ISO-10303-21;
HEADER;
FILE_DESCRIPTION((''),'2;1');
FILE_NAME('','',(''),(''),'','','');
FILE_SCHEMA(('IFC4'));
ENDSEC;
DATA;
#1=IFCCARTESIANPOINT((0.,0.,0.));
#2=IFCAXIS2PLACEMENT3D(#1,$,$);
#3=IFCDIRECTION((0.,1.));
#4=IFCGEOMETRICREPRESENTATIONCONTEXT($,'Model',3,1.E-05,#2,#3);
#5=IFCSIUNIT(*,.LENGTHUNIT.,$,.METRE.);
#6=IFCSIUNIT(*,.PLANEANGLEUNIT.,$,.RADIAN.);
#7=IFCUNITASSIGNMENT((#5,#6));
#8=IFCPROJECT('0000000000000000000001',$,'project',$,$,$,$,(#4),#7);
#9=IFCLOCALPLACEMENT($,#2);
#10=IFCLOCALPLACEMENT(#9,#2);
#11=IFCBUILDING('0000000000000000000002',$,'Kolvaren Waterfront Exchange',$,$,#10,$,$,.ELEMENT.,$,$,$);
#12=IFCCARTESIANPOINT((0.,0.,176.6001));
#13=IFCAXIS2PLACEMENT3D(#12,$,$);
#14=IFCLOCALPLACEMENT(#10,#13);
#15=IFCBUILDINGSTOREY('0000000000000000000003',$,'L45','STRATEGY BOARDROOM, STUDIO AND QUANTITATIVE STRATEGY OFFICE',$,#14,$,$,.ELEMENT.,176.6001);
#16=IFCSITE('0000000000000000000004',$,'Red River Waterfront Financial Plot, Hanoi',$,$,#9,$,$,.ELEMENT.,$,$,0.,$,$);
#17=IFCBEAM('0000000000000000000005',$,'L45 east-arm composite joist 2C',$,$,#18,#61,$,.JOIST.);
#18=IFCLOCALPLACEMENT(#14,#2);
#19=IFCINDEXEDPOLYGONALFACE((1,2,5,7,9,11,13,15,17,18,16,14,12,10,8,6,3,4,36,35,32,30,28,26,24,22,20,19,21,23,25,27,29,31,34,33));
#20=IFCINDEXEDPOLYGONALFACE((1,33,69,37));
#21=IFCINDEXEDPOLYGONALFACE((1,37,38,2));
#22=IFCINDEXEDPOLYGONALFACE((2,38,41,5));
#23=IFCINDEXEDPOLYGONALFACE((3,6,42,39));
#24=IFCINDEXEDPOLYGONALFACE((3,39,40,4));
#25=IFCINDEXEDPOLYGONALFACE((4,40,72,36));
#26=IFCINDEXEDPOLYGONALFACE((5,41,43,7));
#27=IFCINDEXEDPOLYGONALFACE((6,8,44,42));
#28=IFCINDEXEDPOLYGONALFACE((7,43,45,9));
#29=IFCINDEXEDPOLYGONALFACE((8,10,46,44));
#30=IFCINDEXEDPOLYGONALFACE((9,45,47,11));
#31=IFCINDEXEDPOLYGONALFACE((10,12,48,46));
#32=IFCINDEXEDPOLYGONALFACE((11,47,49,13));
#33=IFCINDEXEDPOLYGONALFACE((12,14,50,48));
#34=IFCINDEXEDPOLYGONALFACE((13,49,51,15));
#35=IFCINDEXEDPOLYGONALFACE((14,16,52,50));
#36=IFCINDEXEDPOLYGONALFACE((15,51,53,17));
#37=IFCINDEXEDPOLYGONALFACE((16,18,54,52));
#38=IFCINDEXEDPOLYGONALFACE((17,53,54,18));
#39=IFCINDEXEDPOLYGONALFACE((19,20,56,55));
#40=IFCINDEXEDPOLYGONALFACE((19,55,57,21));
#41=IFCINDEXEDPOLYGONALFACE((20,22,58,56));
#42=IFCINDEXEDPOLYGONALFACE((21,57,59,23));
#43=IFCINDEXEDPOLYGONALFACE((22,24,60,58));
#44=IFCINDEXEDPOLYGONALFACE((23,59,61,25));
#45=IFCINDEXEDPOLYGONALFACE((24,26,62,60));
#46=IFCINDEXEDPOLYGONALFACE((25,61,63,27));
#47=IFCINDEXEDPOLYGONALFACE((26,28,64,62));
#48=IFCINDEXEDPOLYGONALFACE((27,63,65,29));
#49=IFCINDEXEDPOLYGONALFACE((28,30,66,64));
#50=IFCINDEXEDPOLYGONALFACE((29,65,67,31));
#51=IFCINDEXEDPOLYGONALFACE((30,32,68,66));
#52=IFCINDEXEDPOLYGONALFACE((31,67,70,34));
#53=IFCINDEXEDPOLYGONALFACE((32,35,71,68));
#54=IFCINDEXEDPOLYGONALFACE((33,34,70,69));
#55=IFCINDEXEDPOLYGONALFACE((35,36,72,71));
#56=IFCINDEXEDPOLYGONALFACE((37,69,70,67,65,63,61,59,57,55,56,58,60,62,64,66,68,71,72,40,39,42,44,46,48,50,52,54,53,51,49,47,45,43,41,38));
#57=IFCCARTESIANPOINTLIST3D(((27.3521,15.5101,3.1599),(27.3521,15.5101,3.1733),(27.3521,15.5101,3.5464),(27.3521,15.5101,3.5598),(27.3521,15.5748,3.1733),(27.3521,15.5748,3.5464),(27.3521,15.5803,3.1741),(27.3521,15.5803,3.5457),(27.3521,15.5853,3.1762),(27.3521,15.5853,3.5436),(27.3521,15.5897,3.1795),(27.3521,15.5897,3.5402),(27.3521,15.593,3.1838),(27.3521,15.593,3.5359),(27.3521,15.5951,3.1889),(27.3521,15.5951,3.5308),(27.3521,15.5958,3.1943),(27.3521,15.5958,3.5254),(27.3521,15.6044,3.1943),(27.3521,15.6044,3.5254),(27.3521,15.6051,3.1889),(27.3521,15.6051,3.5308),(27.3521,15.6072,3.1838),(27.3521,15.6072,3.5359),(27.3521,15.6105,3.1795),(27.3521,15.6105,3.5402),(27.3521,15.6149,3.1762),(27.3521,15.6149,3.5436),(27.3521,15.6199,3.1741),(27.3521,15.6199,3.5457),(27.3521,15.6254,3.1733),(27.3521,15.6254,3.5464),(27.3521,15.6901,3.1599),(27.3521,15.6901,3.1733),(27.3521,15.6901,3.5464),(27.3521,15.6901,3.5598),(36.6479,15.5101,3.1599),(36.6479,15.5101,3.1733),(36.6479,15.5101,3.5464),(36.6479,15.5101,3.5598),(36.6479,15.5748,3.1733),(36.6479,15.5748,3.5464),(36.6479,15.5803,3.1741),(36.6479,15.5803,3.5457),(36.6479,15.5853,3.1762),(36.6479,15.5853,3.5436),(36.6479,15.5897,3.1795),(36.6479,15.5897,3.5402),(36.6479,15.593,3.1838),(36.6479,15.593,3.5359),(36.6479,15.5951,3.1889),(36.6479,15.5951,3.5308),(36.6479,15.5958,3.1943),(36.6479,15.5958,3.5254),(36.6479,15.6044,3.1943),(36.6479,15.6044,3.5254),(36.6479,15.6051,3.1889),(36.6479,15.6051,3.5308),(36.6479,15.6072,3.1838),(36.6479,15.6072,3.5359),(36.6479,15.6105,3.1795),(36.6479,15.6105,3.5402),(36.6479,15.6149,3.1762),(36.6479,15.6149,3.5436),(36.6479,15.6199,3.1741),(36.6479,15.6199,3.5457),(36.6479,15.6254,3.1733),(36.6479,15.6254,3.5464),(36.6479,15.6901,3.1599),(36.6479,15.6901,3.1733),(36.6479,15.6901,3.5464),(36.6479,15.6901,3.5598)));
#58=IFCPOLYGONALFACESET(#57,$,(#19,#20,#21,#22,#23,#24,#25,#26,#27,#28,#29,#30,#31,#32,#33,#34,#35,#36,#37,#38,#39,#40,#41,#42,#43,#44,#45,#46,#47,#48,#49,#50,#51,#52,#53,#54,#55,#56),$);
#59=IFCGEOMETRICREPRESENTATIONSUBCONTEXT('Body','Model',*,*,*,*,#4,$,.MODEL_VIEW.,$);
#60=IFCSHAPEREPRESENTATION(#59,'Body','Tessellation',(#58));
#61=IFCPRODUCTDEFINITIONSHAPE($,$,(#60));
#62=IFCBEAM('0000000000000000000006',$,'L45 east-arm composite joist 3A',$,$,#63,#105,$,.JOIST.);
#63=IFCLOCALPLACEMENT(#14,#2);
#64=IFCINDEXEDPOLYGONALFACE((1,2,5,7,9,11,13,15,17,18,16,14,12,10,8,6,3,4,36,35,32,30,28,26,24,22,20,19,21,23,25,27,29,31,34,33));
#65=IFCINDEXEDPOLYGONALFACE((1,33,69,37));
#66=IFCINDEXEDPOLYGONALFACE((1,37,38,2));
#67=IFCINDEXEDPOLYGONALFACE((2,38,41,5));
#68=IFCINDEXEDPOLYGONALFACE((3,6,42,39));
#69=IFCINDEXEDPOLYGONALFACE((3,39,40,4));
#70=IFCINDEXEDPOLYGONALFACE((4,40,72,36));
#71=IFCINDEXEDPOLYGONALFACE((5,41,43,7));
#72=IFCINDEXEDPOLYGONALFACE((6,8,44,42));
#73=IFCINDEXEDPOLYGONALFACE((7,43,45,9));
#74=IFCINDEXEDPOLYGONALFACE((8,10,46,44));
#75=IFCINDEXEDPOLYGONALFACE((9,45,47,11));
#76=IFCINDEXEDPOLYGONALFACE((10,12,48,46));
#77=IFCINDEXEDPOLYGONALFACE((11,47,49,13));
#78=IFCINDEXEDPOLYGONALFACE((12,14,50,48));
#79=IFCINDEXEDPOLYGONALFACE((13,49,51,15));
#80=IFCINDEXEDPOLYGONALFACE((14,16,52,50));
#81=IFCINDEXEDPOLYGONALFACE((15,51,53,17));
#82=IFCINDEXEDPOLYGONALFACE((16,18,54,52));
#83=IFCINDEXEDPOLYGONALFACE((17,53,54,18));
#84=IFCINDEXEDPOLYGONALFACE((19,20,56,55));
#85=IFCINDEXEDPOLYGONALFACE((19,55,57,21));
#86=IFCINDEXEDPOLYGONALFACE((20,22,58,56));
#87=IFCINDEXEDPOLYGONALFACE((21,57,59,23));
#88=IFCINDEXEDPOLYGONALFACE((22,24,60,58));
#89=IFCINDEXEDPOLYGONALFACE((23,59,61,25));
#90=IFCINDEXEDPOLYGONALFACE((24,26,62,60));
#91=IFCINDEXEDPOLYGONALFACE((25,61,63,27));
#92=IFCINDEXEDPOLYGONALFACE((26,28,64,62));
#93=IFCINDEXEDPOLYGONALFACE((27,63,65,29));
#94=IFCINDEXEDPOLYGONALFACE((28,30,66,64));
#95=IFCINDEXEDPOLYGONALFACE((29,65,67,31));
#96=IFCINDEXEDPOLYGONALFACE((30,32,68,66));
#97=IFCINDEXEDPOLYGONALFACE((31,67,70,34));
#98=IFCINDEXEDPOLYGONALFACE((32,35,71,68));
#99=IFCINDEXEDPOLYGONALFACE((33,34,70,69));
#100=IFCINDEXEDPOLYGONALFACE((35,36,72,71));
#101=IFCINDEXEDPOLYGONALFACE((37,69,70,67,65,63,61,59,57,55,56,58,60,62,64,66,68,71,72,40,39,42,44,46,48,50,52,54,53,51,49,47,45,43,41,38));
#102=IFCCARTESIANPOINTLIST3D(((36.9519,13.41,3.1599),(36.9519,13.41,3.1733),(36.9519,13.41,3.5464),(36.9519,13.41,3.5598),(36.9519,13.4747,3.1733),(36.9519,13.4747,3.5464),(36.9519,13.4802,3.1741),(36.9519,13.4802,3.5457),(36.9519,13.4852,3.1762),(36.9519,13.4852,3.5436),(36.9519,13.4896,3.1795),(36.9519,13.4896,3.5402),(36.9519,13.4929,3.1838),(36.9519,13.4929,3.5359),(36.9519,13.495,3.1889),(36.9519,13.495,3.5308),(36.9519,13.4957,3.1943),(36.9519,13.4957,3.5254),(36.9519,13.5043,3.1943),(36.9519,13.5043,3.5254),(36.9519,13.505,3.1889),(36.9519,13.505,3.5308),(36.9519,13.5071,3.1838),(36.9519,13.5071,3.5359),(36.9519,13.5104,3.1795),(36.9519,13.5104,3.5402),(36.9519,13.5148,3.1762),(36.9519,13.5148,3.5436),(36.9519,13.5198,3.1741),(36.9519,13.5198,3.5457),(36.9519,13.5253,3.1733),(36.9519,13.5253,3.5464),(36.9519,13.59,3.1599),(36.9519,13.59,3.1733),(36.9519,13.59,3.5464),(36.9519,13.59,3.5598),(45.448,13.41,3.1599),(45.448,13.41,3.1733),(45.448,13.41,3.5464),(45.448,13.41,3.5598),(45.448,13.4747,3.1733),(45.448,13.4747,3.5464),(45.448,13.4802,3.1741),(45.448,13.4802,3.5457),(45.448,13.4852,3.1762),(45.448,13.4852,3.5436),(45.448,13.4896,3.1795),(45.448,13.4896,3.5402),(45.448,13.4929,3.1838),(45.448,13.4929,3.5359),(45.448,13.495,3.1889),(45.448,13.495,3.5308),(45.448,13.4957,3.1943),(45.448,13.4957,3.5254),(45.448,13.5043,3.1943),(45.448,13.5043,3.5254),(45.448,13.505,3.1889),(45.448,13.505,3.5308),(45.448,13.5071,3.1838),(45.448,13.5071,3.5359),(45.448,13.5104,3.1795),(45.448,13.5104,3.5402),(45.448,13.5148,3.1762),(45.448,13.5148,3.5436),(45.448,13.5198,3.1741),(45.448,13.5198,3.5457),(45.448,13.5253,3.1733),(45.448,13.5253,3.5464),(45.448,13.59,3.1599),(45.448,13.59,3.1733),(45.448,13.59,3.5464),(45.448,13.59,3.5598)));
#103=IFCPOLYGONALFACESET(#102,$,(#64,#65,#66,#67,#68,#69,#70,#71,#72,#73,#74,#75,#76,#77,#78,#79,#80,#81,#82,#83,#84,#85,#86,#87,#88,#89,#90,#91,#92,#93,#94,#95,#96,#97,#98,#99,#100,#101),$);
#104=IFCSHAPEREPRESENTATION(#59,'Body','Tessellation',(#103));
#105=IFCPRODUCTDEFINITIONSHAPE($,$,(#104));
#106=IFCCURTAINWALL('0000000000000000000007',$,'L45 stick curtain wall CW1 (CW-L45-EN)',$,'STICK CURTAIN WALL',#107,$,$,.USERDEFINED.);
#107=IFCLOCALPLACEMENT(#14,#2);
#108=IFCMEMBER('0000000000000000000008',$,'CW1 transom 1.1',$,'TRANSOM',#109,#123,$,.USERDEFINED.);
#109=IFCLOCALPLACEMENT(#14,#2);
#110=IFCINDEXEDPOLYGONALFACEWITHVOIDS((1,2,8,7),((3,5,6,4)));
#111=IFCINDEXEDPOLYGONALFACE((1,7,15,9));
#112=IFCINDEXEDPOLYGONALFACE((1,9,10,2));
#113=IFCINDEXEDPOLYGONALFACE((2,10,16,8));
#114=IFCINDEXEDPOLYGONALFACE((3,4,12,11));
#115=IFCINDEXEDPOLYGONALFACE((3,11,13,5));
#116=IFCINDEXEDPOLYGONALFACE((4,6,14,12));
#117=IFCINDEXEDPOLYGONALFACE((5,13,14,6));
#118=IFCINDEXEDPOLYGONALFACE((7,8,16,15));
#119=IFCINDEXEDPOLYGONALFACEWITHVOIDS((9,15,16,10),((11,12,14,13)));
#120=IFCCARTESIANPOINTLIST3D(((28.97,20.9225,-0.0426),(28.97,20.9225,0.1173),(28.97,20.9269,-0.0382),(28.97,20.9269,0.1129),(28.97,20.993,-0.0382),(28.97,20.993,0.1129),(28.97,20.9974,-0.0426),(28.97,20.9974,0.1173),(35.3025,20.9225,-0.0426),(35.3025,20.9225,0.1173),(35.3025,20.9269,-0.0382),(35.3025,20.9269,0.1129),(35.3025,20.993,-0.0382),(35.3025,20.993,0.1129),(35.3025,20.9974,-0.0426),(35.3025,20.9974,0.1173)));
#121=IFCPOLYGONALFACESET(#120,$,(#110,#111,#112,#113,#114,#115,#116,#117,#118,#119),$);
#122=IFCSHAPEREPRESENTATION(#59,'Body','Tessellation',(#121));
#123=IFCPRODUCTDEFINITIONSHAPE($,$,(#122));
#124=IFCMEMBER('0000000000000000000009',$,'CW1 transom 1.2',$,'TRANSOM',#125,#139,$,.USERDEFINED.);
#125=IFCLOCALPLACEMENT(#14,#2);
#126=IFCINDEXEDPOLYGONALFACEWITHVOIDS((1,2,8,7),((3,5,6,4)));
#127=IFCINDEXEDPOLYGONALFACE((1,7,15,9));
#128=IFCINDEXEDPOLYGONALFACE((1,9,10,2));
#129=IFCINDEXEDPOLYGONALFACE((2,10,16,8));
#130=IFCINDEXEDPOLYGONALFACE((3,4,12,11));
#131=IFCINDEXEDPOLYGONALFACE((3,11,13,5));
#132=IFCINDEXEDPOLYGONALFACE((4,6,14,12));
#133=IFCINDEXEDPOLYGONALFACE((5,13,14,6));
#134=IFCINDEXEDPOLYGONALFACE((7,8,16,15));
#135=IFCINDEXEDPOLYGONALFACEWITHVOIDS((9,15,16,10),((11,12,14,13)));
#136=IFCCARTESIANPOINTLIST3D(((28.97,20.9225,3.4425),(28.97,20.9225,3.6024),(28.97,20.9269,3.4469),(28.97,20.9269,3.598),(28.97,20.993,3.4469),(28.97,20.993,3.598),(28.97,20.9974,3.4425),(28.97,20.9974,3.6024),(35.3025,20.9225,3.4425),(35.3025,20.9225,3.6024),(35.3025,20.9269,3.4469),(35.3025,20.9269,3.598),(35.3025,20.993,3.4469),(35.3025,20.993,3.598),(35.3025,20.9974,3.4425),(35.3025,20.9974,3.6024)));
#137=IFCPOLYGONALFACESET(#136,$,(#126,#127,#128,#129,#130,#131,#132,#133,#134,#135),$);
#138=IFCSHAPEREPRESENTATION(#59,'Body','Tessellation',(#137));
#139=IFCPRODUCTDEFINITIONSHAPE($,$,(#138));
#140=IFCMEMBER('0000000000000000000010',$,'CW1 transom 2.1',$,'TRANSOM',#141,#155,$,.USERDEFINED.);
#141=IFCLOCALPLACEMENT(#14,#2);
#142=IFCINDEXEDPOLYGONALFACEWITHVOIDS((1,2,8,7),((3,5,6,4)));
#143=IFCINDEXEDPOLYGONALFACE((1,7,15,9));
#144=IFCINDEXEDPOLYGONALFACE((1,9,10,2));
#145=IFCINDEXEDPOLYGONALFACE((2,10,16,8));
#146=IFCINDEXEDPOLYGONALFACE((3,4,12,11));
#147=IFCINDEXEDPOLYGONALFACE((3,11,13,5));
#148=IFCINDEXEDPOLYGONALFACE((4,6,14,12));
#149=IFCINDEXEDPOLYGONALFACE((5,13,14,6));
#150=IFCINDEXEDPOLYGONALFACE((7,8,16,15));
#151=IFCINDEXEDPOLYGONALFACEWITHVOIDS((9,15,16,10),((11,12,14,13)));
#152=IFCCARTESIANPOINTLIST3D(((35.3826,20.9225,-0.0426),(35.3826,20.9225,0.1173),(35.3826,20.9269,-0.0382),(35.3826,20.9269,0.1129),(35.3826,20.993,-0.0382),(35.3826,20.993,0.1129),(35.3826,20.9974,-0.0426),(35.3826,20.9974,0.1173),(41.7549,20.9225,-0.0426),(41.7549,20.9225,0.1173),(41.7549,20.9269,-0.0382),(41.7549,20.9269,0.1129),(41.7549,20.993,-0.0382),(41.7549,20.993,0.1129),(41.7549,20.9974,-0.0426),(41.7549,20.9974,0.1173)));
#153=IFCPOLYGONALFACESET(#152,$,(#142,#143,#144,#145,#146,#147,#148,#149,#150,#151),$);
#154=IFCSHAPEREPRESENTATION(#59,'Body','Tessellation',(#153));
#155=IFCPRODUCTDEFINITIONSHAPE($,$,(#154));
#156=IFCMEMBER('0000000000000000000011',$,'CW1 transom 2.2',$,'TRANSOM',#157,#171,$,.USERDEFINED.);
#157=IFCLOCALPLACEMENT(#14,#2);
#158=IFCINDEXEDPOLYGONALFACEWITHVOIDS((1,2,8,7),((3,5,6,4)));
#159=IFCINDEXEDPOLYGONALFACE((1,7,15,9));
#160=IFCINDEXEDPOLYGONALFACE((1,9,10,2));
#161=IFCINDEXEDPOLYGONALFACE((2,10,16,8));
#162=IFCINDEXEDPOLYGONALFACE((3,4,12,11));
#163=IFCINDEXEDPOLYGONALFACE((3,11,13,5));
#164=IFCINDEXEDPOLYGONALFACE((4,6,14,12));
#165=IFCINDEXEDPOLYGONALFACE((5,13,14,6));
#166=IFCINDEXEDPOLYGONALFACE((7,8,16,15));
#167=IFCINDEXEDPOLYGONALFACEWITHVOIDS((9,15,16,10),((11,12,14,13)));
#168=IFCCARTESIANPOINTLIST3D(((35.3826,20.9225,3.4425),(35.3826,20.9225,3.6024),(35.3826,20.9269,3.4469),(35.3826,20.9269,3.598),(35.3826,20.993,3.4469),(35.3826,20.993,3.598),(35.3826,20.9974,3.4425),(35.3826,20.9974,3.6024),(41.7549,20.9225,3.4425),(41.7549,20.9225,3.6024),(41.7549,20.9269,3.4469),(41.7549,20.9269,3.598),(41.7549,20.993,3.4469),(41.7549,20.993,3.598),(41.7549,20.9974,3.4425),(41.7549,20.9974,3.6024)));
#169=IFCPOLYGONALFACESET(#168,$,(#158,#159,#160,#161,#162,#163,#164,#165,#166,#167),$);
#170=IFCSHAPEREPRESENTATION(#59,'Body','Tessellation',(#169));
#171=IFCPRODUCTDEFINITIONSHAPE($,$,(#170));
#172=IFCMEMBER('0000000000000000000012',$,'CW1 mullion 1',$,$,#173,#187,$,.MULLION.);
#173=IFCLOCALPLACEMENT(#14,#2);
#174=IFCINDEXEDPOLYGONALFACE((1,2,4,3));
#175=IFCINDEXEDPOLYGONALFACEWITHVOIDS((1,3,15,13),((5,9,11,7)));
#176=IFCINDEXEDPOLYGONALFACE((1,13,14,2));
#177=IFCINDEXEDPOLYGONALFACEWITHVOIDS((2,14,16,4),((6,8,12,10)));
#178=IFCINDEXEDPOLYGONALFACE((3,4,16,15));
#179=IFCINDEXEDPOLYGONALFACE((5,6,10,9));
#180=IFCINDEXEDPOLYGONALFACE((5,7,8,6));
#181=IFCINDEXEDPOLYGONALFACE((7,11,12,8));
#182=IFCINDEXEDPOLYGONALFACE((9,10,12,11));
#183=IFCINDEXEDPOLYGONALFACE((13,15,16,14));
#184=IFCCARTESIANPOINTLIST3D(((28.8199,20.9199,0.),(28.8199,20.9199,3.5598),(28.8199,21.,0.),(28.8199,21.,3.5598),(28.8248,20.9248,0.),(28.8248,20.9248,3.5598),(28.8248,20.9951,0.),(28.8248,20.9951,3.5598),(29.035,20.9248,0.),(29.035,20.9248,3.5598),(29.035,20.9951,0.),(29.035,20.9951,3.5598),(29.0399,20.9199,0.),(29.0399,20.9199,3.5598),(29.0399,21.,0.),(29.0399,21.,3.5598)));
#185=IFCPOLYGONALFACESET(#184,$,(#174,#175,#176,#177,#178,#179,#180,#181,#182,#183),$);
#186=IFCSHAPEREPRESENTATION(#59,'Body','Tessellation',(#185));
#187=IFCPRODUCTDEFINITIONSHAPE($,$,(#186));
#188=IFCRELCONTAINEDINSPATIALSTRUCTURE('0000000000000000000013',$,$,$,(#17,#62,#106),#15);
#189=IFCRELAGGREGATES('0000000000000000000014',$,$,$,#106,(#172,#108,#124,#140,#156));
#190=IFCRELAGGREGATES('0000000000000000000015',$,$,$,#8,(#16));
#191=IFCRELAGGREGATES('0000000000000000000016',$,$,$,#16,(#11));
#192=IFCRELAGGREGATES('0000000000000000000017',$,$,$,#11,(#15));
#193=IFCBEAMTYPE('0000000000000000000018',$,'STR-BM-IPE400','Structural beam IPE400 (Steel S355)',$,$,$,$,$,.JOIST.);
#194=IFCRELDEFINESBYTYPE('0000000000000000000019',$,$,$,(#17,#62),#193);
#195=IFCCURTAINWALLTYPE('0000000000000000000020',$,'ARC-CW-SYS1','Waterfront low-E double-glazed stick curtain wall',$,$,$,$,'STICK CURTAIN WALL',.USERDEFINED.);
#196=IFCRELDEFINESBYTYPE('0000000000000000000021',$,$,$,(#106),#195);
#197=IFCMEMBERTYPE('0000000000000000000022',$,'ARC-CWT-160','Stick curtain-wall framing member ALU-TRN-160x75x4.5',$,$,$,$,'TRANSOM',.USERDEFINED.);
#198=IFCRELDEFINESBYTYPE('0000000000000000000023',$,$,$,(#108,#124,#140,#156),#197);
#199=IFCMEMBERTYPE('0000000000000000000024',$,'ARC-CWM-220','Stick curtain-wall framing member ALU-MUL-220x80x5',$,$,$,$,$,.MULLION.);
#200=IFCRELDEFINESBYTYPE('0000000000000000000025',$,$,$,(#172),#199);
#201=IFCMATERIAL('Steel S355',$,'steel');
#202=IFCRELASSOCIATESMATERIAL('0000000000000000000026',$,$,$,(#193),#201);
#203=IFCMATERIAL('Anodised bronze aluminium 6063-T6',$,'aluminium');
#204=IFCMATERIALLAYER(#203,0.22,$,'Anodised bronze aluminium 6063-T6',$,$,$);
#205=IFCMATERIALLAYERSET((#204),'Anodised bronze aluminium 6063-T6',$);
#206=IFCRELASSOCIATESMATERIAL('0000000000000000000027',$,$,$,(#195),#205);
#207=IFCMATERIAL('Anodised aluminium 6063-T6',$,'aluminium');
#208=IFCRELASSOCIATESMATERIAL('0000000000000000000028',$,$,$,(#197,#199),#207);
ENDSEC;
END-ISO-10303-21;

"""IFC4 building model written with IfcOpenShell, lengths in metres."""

from ifc_helpers import new_model, si_unit, direction, frame, origin, origin_with_axes, origin_2d, place, context, subcontext, project, spatial, hollow_rectangle, i_section, extrude, source, transform, mapped, material, layer, layer_set, material_profile, profile_set, type_object, element, aggregate, save


model = new_model("IFC4")

# Units and contexts
model_context = context("Model", 3, precision=1e-05, world=origin(), true_north=direction((0.0, 1.0)))
body_context = subcontext(model_context, "Body", "Model", "MODEL_VIEW")
ifc_project = project(units=[si_unit("LENGTHUNIT", "METRE"), si_unit("PLANEANGLEUNIT", "RADIAN")], contexts=[model_context])

# Site, building, storey
site_placement = place(None, origin())
site = spatial("IfcSite", under=ifc_project, at=site_placement, Name="Red River Waterfront Financial Plot, Hanoi", CompositionType="ELEMENT", RefElevation=0.0)
building_placement = place(site_placement, origin())
building = spatial("IfcBuilding", under=site, at=building_placement, Name="Kolvaren Waterfront Exchange", CompositionType="ELEMENT")
storey_placement = place(building_placement, frame((0.0, 0.0, 176.6001)))
storey = spatial("IfcBuildingStorey", under=building, at=storey_placement, Name="L45", Description="STRATEGY BOARDROOM, STUDIO AND QUANTITATIVE STRATEGY OFFICE", CompositionType="ELEMENT", Elevation=176.6001)

# Beams
ifc_material_1 = material(Name="Steel S355", Category="steel")
ifc_material_profile_1 = material_profile(ifc_material_1, i_section(OverallWidth=0.1799, OverallDepth=0.3999, WebThickness=0.0085, FlangeThickness=0.0134, FilletRadius=0.021, at=origin_2d()), Name="IPE400")
ifc_profile_set_1 = profile_set([ifc_material_profile_1], Name="Steel S355")
beam_type_1 = type_object("IfcBeamType", Name="STR-BM-IPE400", Description="Structural beam IPE400 (Steel S355)", PredefinedType="JOIST", material=ifc_profile_set_1)
for number, where, z_axis, x_axis, name in (
    (1, (27.3521, 15.6001, 3.3599), (1.0, 0.0, 0.0), (0.0, 1.0, 0.0), "L45 east-arm composite joist 2C"),
):
    element("IfcBeam", number, at=place(storey_placement, frame(where, z_axis=z_axis, x_axis=x_axis)), inside=storey, type_object=beam_type_1, Name=name, PredefinedType="JOIST", context=body_context, shape_type="SweptSolid", body=[
        extrude(i_section(OverallWidth=0.1799, OverallDepth=0.3999, WebThickness=0.0085, FlangeThickness=0.0134, FilletRadius=0.021, at=origin_2d()), origin(), (0.0, 0.0, 1.0), 9.2959),
    ])
beam_1_placement = place(storey_placement, frame((36.9519, 13.5, 3.3599), z_axis=(1.0, 0.0, 0.0), x_axis=(0.0, 1.0, 0.0)))
element("IfcBeam", 2, at=beam_1_placement, inside=storey, type_object=beam_type_1, Name="L45 east-arm composite joist 3A", PredefinedType="JOIST", context=body_context, shape_type="SweptSolid", body=[
    extrude(i_section(OverallWidth=0.1799, OverallDepth=0.3999, WebThickness=0.0085, FlangeThickness=0.0134, FilletRadius=0.021, at=origin_2d()), origin(), (0.0, 0.0, 1.0), 8.4961),
])

# Curtain wall, members
ifc_material_2 = material(Name="Anodised bronze aluminium 6063-T6", Category="aluminium")
ifc_layer_1 = layer(ifc_material_2, 0.22, Name="Anodised bronze aluminium 6063-T6")
ifc_layer_set_1 = layer_set([ifc_layer_1], Name="Anodised bronze aluminium 6063-T6")
curtain_wall_type = type_object("IfcCurtainWallType", Name="ARC-CW-SYS1", Description="Waterfront low-E double-glazed stick curtain wall", ElementType="STICK CURTAIN WALL", PredefinedType="USERDEFINED", material=ifc_layer_set_1)
curtain_wall_placement = place(storey_placement, origin())
curtain_wall = element("IfcCurtainWall", 3, at=curtain_wall_placement, inside=storey, type_object=curtain_wall_type, Name="L45 stick curtain wall CW1 (CW-L45-EN)", ObjectType="STICK CURTAIN WALL", PredefinedType="USERDEFINED")
ifc_material_3 = material(Name="Anodised aluminium 6063-T6", Category="aluminium")
ifc_material_profile_2 = material_profile(ifc_material_3, hollow_rectangle(XDim=0.075, YDim=0.1599, WallThickness=0.0044, at=origin_2d()), Name="ALU-TRN-160x75x4.5")
ifc_profile_set_2 = profile_set([ifc_material_profile_2], Name="Anodised aluminium 6063-T6")
member_type_1 = type_object("IfcMemberType", Name="ARC-CWT-160", Description="Stick curtain-wall framing member ALU-TRN-160x75x4.5", ElementType="TRANSOM", PredefinedType="USERDEFINED", material=ifc_profile_set_2)
shared_shape_1 = source(origin_with_axes(), body_context, "Body", "SweptSolid", [
    extrude(hollow_rectangle(XDim=0.075, YDim=0.1599, WallThickness=0.0044, at=origin_2d()), origin(), (0.0, 0.0, 1.0), 6.3325),
])
member_1_placement = place(storey_placement, frame((28.97, 20.96, 0.0374), z_axis=(1.0, 0.0, 0.0), x_axis=(0.0, 1.0, 0.0)))
member_1 = element("IfcMember", 4, at=member_1_placement, type_object=member_type_1, Name="CW1 transom 1.1", ObjectType="TRANSOM", PredefinedType="USERDEFINED", context=body_context, shape_type="MappedRepresentation", body=[
    mapped(shared_shape_1, transform((0.0, 0.0, 0.0), x_axis=(1.0, 0.0, 0.0), y_axis=(0.0, 1.0, 0.0), z_axis=(0.0, 0.0, 1.0), scale=1.0)),
])
member_2_placement = place(storey_placement, frame((28.97, 20.96, 3.5225), z_axis=(1.0, 0.0, 0.0), x_axis=(0.0, 1.0, 0.0)))
member_2 = element("IfcMember", 5, at=member_2_placement, type_object=member_type_1, Name="CW1 transom 1.2", ObjectType="TRANSOM", PredefinedType="USERDEFINED", context=body_context, shape_type="MappedRepresentation", body=[
    mapped(shared_shape_1, transform((0.0, 0.0, 0.0), x_axis=(1.0, 0.0, 0.0), y_axis=(0.0, 1.0, 0.0), z_axis=(0.0, 0.0, 1.0), scale=1.0)),
])
shared_shape_2 = source(origin_with_axes(), body_context, "Body", "SweptSolid", [
    extrude(hollow_rectangle(XDim=0.075, YDim=0.1599, WallThickness=0.0044, at=origin_2d()), origin(), (0.0, 0.0, 1.0), 6.3723),
])
member_3_placement = place(storey_placement, frame((35.3826, 20.96, 0.0374), z_axis=(1.0, 0.0, 0.0), x_axis=(0.0, 1.0, 0.0)))
member_3 = element("IfcMember", 6, at=member_3_placement, type_object=member_type_1, Name="CW1 transom 2.1", ObjectType="TRANSOM", PredefinedType="USERDEFINED", context=body_context, shape_type="MappedRepresentation", body=[
    mapped(shared_shape_2, transform((0.0, 0.0, 0.0), x_axis=(1.0, 0.0, 0.0), y_axis=(0.0, 1.0, 0.0), z_axis=(0.0, 0.0, 1.0), scale=1.0)),
])
member_4_placement = place(storey_placement, frame((35.3826, 20.96, 3.5225), z_axis=(1.0, 0.0, 0.0), x_axis=(0.0, 1.0, 0.0)))
member_4 = element("IfcMember", 7, at=member_4_placement, type_object=member_type_1, Name="CW1 transom 2.2", ObjectType="TRANSOM", PredefinedType="USERDEFINED", context=body_context, shape_type="MappedRepresentation", body=[
    mapped(shared_shape_2, transform((0.0, 0.0, 0.0), x_axis=(1.0, 0.0, 0.0), y_axis=(0.0, 1.0, 0.0), z_axis=(0.0, 0.0, 1.0), scale=1.0)),
])
ifc_material_profile_3 = material_profile(ifc_material_3, hollow_rectangle(XDim=0.0801, YDim=0.22, WallThickness=0.0049, at=origin_2d()), Name="ALU-MUL-220x80x5")
ifc_profile_set_3 = profile_set([ifc_material_profile_3], Name="Anodised aluminium 6063-T6")
member_type_2 = type_object("IfcMemberType", Name="ARC-CWM-220", Description="Stick curtain-wall framing member ALU-MUL-220x80x5", PredefinedType="MULLION", material=ifc_profile_set_3)
shared_shape_3 = source(origin_with_axes(), body_context, "Body", "SweptSolid", [
    extrude(hollow_rectangle(XDim=0.0801, YDim=0.22, WallThickness=0.0049, at=origin_2d()), origin(), (0.0, 0.0, 1.0), 3.5598),
])
member_5_placement = place(storey_placement, frame((28.9299, 20.96, 0.0), z_axis=(0.0, 0.0, 1.0), x_axis=(0.0, 1.0, 0.0)))
member_5 = element("IfcMember", 8, at=member_5_placement, type_object=member_type_2, Name="CW1 mullion 1", PredefinedType="MULLION", context=body_context, shape_type="MappedRepresentation", body=[
    mapped(shared_shape_3, transform((0.0, 0.0, 0.0), x_axis=(1.0, 0.0, 0.0), y_axis=(0.0, 1.0, 0.0), z_axis=(0.0, 0.0, 1.0), scale=1.0)),
])
aggregate(curtain_wall, [member_5, member_1, member_2, member_3, member_4])

save(model, "model.ifc")
